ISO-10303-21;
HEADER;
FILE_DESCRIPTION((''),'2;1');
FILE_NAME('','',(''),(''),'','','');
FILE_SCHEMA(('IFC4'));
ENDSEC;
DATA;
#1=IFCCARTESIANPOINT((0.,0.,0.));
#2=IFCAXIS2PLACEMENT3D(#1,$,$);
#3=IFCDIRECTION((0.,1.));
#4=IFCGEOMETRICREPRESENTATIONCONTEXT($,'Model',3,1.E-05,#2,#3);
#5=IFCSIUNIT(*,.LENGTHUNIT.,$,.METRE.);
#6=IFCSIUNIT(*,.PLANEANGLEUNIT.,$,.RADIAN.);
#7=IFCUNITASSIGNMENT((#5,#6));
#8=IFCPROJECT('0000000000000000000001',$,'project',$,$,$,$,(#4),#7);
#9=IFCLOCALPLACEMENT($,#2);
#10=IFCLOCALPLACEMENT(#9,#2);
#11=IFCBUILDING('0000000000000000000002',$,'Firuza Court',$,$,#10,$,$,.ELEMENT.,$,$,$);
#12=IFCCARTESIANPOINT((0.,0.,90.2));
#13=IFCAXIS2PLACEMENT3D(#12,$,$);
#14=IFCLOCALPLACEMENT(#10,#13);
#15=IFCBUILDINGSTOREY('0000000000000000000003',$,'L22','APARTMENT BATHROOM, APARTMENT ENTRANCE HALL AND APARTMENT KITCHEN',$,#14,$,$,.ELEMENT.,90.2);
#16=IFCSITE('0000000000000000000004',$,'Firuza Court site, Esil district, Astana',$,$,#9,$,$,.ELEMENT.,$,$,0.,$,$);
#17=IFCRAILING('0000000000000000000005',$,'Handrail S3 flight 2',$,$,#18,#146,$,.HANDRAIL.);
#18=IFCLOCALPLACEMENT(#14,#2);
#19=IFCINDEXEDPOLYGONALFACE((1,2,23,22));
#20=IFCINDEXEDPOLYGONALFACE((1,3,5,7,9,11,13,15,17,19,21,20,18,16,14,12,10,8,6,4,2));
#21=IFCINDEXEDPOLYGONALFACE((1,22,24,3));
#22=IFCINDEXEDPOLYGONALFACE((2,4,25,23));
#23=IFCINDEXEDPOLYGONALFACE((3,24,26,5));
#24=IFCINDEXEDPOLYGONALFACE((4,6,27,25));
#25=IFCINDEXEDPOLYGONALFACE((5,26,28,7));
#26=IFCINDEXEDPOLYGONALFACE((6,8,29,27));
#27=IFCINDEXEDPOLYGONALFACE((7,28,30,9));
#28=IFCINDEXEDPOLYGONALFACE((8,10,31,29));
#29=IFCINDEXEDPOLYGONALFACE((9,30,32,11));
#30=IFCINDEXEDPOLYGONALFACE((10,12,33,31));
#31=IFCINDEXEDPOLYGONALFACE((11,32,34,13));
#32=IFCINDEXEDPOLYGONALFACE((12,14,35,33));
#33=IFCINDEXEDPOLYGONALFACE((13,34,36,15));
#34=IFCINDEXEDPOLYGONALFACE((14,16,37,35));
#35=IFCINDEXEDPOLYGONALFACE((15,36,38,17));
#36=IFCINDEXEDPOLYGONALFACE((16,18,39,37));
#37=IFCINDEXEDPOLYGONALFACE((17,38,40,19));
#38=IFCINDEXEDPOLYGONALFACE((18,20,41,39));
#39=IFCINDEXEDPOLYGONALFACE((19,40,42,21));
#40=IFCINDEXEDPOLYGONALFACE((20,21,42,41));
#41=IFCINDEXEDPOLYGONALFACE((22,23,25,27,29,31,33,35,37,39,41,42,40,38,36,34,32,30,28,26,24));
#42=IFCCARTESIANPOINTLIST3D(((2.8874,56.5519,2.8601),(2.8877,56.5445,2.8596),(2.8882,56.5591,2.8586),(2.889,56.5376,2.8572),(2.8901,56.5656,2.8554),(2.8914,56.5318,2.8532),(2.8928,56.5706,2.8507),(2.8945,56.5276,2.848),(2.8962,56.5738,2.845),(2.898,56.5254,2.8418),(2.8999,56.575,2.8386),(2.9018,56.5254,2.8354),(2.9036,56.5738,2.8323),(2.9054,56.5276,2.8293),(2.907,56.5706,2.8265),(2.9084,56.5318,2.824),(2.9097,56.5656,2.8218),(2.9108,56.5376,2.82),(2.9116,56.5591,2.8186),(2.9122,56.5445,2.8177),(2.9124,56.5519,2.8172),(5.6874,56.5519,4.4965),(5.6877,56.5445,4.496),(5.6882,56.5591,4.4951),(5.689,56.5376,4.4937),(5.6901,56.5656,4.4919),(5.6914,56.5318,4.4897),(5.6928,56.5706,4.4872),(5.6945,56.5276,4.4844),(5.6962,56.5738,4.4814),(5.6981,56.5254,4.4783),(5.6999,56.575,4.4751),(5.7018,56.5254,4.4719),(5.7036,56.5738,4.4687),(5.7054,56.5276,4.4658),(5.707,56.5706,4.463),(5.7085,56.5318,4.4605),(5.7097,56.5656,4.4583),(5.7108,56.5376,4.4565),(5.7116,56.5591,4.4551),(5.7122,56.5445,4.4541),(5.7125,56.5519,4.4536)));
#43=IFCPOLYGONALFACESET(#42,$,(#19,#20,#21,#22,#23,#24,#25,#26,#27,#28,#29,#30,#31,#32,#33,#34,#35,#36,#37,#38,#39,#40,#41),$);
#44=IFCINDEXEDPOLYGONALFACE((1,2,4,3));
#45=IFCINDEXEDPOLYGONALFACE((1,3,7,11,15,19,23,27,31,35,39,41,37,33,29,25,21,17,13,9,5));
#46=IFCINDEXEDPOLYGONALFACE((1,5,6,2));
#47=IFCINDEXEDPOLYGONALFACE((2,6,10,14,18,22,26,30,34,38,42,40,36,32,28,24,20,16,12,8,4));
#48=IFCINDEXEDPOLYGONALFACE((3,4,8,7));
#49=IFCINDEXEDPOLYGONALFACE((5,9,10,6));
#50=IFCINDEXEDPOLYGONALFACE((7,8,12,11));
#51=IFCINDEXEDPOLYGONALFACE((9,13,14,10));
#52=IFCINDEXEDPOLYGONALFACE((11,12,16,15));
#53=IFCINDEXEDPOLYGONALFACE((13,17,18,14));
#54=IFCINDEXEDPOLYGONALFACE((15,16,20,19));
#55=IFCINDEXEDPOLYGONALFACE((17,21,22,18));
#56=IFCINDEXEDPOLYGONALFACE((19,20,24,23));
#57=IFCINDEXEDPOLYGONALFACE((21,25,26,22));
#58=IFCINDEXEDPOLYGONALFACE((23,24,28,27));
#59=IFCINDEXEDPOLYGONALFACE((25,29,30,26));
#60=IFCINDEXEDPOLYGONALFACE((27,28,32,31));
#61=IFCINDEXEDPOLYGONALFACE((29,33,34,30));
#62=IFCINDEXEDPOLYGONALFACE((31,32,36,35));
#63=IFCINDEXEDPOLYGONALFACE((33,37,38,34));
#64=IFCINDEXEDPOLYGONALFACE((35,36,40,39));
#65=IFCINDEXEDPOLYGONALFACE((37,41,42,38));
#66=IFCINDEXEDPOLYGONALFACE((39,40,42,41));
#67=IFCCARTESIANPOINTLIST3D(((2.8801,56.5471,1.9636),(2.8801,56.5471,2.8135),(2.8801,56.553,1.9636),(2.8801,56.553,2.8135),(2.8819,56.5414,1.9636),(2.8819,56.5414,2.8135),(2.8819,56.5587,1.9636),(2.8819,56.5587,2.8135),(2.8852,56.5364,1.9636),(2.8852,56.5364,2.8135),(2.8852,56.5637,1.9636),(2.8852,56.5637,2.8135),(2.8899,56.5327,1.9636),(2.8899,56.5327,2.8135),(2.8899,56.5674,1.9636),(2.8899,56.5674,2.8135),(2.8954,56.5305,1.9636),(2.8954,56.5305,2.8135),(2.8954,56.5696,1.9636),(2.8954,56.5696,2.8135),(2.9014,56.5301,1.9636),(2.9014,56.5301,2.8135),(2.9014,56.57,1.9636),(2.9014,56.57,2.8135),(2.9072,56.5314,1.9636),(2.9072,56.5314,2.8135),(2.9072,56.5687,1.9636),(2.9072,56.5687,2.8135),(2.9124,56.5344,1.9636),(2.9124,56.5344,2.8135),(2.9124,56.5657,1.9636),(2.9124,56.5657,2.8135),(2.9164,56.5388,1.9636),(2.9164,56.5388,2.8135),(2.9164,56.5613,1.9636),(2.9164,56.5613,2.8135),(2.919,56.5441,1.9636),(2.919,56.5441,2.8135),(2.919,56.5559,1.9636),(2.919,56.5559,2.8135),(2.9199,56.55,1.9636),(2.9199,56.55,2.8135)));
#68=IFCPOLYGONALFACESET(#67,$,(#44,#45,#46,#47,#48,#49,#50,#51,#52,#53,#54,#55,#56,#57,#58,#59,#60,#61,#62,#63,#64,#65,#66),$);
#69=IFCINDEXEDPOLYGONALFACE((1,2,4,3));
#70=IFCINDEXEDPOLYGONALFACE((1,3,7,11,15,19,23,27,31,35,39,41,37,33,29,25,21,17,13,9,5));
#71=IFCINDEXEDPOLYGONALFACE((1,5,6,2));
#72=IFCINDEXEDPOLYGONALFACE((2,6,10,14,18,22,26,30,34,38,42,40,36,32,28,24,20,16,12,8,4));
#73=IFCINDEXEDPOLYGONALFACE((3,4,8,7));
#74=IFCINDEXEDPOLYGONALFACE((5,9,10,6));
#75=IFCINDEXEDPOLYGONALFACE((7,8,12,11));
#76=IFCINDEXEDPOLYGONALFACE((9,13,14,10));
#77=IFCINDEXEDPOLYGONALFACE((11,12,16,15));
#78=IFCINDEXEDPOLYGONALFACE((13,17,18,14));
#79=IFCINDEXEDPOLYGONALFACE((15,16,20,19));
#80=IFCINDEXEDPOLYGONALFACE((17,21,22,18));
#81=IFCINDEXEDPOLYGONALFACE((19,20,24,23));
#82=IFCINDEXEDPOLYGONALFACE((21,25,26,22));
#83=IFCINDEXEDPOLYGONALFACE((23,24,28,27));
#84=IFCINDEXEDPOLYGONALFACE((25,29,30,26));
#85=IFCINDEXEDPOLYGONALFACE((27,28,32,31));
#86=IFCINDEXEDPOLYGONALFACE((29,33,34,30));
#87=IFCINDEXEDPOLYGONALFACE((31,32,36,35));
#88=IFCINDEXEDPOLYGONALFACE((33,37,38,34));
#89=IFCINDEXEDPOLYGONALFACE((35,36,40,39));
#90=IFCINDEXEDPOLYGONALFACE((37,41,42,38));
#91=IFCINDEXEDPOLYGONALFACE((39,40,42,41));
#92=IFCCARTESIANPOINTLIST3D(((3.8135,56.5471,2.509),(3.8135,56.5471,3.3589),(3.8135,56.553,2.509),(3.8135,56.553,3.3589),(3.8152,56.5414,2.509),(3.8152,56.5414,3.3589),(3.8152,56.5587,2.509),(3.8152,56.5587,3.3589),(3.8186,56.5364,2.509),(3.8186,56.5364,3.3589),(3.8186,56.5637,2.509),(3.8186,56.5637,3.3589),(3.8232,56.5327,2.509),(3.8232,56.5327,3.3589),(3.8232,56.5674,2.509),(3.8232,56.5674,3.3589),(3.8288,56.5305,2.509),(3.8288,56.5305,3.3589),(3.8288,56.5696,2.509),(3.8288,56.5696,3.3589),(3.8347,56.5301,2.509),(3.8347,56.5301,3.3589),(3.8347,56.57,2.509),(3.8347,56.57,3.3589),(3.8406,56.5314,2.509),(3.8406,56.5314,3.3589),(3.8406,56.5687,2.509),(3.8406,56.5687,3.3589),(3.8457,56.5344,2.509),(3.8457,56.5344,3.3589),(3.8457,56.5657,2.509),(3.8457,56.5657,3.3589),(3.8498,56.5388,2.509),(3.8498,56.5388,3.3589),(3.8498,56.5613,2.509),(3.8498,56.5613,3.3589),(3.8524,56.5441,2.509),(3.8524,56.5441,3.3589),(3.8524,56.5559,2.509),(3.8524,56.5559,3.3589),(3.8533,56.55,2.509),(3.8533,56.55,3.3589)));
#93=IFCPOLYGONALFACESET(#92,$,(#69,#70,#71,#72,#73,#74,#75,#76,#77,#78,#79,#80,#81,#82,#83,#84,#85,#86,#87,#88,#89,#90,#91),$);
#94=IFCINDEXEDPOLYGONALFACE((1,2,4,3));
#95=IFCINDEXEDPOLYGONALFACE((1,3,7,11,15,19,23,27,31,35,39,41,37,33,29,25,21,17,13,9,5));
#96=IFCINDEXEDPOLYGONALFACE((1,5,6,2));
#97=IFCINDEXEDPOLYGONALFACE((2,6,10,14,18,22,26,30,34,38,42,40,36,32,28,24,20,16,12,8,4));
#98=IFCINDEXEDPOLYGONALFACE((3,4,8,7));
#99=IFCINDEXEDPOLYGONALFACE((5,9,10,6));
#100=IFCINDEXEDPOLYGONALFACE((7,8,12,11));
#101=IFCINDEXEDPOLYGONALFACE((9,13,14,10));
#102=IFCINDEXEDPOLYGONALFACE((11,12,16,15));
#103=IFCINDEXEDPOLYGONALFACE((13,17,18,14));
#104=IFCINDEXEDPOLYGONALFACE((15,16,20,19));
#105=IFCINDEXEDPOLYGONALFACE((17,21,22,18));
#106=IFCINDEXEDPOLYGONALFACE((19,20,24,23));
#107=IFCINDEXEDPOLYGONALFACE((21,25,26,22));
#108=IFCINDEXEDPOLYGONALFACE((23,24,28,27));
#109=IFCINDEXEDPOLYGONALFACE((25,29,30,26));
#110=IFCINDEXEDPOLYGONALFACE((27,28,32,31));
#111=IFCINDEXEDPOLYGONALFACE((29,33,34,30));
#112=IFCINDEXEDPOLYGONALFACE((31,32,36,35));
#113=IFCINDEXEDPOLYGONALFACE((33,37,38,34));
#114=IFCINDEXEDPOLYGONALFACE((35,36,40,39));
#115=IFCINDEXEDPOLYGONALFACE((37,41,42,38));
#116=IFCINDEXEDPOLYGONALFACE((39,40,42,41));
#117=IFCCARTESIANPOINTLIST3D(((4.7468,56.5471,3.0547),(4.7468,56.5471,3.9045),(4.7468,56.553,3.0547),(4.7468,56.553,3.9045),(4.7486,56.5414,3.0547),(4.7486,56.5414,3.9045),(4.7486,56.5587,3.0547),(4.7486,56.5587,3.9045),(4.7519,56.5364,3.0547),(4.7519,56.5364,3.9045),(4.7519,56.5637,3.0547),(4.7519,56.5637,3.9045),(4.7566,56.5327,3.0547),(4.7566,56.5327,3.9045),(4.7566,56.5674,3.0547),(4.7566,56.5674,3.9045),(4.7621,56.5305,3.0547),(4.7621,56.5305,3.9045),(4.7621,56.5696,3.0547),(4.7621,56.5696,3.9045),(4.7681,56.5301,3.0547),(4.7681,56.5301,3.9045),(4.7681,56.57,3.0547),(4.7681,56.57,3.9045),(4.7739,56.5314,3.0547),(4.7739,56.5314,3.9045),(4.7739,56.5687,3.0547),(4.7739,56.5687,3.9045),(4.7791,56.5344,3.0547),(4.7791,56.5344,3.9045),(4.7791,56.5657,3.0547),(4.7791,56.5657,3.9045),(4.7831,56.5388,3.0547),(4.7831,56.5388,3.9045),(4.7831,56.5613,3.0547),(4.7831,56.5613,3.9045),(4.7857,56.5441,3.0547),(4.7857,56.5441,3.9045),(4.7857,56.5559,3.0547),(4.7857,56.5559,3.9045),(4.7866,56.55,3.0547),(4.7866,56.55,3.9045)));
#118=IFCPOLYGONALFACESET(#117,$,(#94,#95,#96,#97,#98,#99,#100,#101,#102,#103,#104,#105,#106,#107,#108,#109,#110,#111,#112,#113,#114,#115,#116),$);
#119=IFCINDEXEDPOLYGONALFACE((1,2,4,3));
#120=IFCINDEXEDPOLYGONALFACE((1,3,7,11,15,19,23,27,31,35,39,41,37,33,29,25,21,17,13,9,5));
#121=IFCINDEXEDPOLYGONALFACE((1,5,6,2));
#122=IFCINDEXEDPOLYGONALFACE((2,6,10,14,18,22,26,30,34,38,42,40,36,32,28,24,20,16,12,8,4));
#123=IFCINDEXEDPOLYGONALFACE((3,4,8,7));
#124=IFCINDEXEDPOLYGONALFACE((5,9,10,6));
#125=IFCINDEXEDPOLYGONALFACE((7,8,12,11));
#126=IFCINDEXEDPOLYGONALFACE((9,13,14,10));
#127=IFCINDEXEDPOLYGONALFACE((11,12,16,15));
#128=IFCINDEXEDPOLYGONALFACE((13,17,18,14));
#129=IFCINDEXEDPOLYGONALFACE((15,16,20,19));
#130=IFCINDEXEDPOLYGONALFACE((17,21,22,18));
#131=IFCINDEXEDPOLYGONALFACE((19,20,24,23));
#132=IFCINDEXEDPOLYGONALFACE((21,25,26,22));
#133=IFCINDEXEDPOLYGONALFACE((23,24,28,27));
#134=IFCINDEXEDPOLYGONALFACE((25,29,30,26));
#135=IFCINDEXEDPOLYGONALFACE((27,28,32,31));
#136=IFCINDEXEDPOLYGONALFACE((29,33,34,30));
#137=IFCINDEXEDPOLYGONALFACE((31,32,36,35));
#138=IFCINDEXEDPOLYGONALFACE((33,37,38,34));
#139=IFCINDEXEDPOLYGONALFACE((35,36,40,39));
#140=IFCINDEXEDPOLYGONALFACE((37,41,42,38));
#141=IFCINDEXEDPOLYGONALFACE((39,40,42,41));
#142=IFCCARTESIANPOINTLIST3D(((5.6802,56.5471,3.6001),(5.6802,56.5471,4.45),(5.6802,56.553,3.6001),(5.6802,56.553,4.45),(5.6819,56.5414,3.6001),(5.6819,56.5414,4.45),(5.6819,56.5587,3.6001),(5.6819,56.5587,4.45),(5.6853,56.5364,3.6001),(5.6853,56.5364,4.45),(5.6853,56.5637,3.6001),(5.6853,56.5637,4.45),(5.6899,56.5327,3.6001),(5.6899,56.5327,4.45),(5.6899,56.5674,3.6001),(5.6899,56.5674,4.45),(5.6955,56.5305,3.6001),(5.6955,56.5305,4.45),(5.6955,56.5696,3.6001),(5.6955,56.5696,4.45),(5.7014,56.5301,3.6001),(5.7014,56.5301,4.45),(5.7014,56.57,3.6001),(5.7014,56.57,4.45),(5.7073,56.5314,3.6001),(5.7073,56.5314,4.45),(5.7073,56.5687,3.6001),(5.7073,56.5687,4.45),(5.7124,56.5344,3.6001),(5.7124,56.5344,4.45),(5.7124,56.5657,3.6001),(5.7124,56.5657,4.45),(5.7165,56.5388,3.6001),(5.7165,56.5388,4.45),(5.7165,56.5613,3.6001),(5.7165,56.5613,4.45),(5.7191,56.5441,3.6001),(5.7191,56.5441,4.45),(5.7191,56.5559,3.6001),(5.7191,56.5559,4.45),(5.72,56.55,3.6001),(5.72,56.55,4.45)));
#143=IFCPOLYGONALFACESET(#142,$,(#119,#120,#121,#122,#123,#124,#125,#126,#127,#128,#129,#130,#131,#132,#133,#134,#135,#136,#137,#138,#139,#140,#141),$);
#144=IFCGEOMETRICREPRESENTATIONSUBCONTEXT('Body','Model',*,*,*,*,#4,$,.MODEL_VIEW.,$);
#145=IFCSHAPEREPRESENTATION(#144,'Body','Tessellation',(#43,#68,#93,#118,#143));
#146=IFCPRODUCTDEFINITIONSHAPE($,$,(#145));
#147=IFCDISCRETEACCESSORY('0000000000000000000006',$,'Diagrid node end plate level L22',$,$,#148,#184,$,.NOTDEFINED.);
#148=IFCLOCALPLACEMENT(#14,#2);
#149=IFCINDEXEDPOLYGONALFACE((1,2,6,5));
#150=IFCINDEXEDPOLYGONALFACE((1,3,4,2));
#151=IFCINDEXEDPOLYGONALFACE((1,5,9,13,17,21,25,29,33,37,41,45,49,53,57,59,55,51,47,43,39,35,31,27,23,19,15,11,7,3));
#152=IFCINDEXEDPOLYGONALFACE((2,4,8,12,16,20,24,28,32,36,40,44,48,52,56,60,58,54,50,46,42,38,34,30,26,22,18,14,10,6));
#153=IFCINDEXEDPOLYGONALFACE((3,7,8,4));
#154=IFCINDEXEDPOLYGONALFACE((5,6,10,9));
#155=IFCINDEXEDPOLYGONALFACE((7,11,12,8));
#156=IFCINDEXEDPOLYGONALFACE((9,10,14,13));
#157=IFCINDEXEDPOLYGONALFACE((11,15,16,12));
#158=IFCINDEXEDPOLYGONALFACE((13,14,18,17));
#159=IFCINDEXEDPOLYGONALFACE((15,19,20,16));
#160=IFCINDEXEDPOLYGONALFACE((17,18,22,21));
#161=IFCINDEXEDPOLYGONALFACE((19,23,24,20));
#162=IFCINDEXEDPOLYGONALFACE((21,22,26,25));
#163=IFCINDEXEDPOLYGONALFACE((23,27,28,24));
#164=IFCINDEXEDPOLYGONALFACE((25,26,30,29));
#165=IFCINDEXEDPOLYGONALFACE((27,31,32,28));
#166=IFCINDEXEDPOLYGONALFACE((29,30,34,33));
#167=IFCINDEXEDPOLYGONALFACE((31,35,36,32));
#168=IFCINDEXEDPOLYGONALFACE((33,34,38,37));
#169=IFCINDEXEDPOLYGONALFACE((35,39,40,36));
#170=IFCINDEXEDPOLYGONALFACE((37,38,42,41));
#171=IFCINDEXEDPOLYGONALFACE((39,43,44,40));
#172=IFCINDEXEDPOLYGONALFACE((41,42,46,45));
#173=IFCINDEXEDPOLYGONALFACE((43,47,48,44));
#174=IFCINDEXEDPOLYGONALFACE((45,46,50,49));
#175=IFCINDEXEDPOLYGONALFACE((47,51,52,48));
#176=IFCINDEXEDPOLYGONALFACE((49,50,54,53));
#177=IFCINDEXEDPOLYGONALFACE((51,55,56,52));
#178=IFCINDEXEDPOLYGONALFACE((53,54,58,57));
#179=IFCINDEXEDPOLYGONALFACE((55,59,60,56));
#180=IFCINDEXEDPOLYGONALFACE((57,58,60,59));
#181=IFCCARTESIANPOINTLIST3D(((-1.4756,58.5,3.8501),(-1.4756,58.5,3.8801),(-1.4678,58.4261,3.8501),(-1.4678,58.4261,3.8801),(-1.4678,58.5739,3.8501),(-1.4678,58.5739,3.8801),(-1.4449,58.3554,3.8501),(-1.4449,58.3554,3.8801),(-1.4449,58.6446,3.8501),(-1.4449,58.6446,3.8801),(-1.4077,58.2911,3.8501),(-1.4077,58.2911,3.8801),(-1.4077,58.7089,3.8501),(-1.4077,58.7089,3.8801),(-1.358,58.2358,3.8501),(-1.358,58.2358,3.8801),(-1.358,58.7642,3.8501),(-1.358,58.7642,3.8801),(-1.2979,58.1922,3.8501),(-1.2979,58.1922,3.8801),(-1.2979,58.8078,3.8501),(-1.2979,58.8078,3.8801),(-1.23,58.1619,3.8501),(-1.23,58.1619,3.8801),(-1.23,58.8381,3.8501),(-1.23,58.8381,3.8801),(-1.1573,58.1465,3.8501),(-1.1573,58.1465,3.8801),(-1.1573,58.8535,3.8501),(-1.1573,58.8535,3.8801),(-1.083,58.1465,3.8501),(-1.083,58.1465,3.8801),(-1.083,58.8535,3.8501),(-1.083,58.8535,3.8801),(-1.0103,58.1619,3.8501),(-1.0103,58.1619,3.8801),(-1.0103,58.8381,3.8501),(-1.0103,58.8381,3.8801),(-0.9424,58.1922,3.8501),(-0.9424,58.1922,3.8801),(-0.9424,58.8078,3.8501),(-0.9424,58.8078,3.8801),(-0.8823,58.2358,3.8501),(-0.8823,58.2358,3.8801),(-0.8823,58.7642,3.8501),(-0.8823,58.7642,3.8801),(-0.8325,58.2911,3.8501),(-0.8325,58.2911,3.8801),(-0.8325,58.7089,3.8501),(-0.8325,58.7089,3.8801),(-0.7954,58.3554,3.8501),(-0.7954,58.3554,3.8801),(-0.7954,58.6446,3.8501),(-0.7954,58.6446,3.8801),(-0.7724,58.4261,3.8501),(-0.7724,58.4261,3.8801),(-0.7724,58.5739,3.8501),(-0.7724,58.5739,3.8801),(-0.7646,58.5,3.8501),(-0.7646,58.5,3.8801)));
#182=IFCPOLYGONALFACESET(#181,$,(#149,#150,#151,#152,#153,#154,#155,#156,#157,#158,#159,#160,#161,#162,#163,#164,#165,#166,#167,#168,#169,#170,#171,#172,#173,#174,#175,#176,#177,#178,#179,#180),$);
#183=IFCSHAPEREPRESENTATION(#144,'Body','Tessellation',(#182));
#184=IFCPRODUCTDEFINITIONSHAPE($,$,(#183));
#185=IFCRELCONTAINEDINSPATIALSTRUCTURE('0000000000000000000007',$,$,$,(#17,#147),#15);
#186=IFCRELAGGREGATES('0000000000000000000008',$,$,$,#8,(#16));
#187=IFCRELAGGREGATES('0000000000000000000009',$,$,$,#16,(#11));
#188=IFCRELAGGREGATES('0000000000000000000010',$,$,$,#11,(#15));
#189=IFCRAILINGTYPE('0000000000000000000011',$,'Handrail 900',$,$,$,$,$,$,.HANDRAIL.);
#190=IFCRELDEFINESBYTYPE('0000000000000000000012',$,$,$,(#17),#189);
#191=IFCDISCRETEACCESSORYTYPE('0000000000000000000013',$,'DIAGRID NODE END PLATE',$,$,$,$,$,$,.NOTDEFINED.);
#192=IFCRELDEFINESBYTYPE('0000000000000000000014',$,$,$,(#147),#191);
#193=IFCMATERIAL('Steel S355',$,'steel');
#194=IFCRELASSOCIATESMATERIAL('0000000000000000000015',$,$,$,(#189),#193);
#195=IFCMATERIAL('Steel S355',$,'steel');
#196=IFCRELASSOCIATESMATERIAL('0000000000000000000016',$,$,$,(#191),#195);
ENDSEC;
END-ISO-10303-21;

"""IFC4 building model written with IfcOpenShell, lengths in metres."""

from ifc_helpers import new_model, si_unit, direction, frame, origin, origin_2d, place, context, subcontext, project, spatial, circle, extrude, material, material_profile, profile_set, type_object, element, save


model = new_model("IFC4")

# Units and contexts
model_context = context("Model", 3, precision=1e-05, world=origin(), true_north=direction((0.0, 1.0)))
body_context = subcontext(model_context, "Body", "Model", "MODEL_VIEW")
ifc_project = project(units=[si_unit("LENGTHUNIT", "METRE"), si_unit("PLANEANGLEUNIT", "RADIAN")], contexts=[model_context])

# Site, building, storey
site_placement = place(None, origin())
site = spatial("IfcSite", under=ifc_project, at=site_placement, Name="Firuza Court site, Esil district, Astana", CompositionType="ELEMENT", RefElevation=0.0)
building_placement = place(site_placement, origin())
building = spatial("IfcBuilding", under=site, at=building_placement, Name="Firuza Court", CompositionType="ELEMENT")
storey_placement = place(building_placement, frame((0.0, 0.0, 90.2)))
storey = spatial("IfcBuildingStorey", under=building, at=storey_placement, Name="L22", Description="APARTMENT BATHROOM, APARTMENT ENTRANCE HALL AND APARTMENT KITCHEN", CompositionType="ELEMENT", Elevation=90.2)

# Railing
ifc_material_1 = material(Name="Steel S355", Category="steel")
railing_type_1 = type_object("IfcRailingType", Name="Handrail 900", PredefinedType="HANDRAIL", material=ifc_material_1)
railing_1_placement = place(storey_placement, frame((2.8999, 56.55, 1.9636)))
element("IfcRailing", 1, at=railing_1_placement, inside=storey, type_object=railing_type_1, Name="Handrail S3 flight 2", PredefinedType="HANDRAIL", context=body_context, shape_type="SweptSolid", body=[
    extrude(circle(Radius=0.0249, at=origin_2d()), frame((0.0, 0.0, 0.875), z_axis=(0.863361, 0.0, 0.504587), x_axis=(0.0, 1.0, 0.0)), (0.0, 0.0, 1.0), 3.2432),
    extrude(circle(Radius=0.02, at=origin_2d()), origin(), (0.0, 0.0, 1.0), 0.8499),
    extrude(circle(Radius=0.02, at=origin_2d()), frame((0.9333, 0.0, 0.5454)), (0.0, 0.0, 1.0), 0.8499),
    extrude(circle(Radius=0.02, at=origin_2d()), frame((1.8667, 0.0, 1.0911)), (0.0, 0.0, 1.0), 0.8499),
    extrude(circle(Radius=0.02, at=origin_2d()), frame((2.8, 0.0, 1.6365)), (0.0, 0.0, 1.0), 0.8499),
])

# Discrete accessory
ifc_material_2 = material(Name="Steel S355", Category="steel")
ifc_material_profile_1 = material_profile(ifc_material_2, circle(Radius=0.3555, at=origin_2d()), Name="PL D711")
ifc_profile_set_1 = profile_set([ifc_material_profile_1], Name="Steel S355")
discrete_accessory_type = type_object("IfcDiscreteAccessoryType", Name="DIAGRID NODE END PLATE", PredefinedType="NOTDEFINED", material=ifc_profile_set_1)
for number, where, z_axis, x_axis, name in (
    (2, (-1.1201, 58.5, 3.8501), (0.0, 0.0, 1.0), (1.0, 0.0, 0.0), "Diagrid node end plate level L22"),
):
    element("IfcDiscreteAccessory", number, at=place(storey_placement, frame(where, z_axis=z_axis, x_axis=x_axis)), inside=storey, type_object=discrete_accessory_type, Name=name, PredefinedType="NOTDEFINED", context=body_context, shape_type="SweptSolid", body=[
        extrude(circle(Radius=0.3555, at=origin_2d()), origin(), (0.0, 0.0, 1.0), 0.03),
    ])

save(model, "model.ifc")
